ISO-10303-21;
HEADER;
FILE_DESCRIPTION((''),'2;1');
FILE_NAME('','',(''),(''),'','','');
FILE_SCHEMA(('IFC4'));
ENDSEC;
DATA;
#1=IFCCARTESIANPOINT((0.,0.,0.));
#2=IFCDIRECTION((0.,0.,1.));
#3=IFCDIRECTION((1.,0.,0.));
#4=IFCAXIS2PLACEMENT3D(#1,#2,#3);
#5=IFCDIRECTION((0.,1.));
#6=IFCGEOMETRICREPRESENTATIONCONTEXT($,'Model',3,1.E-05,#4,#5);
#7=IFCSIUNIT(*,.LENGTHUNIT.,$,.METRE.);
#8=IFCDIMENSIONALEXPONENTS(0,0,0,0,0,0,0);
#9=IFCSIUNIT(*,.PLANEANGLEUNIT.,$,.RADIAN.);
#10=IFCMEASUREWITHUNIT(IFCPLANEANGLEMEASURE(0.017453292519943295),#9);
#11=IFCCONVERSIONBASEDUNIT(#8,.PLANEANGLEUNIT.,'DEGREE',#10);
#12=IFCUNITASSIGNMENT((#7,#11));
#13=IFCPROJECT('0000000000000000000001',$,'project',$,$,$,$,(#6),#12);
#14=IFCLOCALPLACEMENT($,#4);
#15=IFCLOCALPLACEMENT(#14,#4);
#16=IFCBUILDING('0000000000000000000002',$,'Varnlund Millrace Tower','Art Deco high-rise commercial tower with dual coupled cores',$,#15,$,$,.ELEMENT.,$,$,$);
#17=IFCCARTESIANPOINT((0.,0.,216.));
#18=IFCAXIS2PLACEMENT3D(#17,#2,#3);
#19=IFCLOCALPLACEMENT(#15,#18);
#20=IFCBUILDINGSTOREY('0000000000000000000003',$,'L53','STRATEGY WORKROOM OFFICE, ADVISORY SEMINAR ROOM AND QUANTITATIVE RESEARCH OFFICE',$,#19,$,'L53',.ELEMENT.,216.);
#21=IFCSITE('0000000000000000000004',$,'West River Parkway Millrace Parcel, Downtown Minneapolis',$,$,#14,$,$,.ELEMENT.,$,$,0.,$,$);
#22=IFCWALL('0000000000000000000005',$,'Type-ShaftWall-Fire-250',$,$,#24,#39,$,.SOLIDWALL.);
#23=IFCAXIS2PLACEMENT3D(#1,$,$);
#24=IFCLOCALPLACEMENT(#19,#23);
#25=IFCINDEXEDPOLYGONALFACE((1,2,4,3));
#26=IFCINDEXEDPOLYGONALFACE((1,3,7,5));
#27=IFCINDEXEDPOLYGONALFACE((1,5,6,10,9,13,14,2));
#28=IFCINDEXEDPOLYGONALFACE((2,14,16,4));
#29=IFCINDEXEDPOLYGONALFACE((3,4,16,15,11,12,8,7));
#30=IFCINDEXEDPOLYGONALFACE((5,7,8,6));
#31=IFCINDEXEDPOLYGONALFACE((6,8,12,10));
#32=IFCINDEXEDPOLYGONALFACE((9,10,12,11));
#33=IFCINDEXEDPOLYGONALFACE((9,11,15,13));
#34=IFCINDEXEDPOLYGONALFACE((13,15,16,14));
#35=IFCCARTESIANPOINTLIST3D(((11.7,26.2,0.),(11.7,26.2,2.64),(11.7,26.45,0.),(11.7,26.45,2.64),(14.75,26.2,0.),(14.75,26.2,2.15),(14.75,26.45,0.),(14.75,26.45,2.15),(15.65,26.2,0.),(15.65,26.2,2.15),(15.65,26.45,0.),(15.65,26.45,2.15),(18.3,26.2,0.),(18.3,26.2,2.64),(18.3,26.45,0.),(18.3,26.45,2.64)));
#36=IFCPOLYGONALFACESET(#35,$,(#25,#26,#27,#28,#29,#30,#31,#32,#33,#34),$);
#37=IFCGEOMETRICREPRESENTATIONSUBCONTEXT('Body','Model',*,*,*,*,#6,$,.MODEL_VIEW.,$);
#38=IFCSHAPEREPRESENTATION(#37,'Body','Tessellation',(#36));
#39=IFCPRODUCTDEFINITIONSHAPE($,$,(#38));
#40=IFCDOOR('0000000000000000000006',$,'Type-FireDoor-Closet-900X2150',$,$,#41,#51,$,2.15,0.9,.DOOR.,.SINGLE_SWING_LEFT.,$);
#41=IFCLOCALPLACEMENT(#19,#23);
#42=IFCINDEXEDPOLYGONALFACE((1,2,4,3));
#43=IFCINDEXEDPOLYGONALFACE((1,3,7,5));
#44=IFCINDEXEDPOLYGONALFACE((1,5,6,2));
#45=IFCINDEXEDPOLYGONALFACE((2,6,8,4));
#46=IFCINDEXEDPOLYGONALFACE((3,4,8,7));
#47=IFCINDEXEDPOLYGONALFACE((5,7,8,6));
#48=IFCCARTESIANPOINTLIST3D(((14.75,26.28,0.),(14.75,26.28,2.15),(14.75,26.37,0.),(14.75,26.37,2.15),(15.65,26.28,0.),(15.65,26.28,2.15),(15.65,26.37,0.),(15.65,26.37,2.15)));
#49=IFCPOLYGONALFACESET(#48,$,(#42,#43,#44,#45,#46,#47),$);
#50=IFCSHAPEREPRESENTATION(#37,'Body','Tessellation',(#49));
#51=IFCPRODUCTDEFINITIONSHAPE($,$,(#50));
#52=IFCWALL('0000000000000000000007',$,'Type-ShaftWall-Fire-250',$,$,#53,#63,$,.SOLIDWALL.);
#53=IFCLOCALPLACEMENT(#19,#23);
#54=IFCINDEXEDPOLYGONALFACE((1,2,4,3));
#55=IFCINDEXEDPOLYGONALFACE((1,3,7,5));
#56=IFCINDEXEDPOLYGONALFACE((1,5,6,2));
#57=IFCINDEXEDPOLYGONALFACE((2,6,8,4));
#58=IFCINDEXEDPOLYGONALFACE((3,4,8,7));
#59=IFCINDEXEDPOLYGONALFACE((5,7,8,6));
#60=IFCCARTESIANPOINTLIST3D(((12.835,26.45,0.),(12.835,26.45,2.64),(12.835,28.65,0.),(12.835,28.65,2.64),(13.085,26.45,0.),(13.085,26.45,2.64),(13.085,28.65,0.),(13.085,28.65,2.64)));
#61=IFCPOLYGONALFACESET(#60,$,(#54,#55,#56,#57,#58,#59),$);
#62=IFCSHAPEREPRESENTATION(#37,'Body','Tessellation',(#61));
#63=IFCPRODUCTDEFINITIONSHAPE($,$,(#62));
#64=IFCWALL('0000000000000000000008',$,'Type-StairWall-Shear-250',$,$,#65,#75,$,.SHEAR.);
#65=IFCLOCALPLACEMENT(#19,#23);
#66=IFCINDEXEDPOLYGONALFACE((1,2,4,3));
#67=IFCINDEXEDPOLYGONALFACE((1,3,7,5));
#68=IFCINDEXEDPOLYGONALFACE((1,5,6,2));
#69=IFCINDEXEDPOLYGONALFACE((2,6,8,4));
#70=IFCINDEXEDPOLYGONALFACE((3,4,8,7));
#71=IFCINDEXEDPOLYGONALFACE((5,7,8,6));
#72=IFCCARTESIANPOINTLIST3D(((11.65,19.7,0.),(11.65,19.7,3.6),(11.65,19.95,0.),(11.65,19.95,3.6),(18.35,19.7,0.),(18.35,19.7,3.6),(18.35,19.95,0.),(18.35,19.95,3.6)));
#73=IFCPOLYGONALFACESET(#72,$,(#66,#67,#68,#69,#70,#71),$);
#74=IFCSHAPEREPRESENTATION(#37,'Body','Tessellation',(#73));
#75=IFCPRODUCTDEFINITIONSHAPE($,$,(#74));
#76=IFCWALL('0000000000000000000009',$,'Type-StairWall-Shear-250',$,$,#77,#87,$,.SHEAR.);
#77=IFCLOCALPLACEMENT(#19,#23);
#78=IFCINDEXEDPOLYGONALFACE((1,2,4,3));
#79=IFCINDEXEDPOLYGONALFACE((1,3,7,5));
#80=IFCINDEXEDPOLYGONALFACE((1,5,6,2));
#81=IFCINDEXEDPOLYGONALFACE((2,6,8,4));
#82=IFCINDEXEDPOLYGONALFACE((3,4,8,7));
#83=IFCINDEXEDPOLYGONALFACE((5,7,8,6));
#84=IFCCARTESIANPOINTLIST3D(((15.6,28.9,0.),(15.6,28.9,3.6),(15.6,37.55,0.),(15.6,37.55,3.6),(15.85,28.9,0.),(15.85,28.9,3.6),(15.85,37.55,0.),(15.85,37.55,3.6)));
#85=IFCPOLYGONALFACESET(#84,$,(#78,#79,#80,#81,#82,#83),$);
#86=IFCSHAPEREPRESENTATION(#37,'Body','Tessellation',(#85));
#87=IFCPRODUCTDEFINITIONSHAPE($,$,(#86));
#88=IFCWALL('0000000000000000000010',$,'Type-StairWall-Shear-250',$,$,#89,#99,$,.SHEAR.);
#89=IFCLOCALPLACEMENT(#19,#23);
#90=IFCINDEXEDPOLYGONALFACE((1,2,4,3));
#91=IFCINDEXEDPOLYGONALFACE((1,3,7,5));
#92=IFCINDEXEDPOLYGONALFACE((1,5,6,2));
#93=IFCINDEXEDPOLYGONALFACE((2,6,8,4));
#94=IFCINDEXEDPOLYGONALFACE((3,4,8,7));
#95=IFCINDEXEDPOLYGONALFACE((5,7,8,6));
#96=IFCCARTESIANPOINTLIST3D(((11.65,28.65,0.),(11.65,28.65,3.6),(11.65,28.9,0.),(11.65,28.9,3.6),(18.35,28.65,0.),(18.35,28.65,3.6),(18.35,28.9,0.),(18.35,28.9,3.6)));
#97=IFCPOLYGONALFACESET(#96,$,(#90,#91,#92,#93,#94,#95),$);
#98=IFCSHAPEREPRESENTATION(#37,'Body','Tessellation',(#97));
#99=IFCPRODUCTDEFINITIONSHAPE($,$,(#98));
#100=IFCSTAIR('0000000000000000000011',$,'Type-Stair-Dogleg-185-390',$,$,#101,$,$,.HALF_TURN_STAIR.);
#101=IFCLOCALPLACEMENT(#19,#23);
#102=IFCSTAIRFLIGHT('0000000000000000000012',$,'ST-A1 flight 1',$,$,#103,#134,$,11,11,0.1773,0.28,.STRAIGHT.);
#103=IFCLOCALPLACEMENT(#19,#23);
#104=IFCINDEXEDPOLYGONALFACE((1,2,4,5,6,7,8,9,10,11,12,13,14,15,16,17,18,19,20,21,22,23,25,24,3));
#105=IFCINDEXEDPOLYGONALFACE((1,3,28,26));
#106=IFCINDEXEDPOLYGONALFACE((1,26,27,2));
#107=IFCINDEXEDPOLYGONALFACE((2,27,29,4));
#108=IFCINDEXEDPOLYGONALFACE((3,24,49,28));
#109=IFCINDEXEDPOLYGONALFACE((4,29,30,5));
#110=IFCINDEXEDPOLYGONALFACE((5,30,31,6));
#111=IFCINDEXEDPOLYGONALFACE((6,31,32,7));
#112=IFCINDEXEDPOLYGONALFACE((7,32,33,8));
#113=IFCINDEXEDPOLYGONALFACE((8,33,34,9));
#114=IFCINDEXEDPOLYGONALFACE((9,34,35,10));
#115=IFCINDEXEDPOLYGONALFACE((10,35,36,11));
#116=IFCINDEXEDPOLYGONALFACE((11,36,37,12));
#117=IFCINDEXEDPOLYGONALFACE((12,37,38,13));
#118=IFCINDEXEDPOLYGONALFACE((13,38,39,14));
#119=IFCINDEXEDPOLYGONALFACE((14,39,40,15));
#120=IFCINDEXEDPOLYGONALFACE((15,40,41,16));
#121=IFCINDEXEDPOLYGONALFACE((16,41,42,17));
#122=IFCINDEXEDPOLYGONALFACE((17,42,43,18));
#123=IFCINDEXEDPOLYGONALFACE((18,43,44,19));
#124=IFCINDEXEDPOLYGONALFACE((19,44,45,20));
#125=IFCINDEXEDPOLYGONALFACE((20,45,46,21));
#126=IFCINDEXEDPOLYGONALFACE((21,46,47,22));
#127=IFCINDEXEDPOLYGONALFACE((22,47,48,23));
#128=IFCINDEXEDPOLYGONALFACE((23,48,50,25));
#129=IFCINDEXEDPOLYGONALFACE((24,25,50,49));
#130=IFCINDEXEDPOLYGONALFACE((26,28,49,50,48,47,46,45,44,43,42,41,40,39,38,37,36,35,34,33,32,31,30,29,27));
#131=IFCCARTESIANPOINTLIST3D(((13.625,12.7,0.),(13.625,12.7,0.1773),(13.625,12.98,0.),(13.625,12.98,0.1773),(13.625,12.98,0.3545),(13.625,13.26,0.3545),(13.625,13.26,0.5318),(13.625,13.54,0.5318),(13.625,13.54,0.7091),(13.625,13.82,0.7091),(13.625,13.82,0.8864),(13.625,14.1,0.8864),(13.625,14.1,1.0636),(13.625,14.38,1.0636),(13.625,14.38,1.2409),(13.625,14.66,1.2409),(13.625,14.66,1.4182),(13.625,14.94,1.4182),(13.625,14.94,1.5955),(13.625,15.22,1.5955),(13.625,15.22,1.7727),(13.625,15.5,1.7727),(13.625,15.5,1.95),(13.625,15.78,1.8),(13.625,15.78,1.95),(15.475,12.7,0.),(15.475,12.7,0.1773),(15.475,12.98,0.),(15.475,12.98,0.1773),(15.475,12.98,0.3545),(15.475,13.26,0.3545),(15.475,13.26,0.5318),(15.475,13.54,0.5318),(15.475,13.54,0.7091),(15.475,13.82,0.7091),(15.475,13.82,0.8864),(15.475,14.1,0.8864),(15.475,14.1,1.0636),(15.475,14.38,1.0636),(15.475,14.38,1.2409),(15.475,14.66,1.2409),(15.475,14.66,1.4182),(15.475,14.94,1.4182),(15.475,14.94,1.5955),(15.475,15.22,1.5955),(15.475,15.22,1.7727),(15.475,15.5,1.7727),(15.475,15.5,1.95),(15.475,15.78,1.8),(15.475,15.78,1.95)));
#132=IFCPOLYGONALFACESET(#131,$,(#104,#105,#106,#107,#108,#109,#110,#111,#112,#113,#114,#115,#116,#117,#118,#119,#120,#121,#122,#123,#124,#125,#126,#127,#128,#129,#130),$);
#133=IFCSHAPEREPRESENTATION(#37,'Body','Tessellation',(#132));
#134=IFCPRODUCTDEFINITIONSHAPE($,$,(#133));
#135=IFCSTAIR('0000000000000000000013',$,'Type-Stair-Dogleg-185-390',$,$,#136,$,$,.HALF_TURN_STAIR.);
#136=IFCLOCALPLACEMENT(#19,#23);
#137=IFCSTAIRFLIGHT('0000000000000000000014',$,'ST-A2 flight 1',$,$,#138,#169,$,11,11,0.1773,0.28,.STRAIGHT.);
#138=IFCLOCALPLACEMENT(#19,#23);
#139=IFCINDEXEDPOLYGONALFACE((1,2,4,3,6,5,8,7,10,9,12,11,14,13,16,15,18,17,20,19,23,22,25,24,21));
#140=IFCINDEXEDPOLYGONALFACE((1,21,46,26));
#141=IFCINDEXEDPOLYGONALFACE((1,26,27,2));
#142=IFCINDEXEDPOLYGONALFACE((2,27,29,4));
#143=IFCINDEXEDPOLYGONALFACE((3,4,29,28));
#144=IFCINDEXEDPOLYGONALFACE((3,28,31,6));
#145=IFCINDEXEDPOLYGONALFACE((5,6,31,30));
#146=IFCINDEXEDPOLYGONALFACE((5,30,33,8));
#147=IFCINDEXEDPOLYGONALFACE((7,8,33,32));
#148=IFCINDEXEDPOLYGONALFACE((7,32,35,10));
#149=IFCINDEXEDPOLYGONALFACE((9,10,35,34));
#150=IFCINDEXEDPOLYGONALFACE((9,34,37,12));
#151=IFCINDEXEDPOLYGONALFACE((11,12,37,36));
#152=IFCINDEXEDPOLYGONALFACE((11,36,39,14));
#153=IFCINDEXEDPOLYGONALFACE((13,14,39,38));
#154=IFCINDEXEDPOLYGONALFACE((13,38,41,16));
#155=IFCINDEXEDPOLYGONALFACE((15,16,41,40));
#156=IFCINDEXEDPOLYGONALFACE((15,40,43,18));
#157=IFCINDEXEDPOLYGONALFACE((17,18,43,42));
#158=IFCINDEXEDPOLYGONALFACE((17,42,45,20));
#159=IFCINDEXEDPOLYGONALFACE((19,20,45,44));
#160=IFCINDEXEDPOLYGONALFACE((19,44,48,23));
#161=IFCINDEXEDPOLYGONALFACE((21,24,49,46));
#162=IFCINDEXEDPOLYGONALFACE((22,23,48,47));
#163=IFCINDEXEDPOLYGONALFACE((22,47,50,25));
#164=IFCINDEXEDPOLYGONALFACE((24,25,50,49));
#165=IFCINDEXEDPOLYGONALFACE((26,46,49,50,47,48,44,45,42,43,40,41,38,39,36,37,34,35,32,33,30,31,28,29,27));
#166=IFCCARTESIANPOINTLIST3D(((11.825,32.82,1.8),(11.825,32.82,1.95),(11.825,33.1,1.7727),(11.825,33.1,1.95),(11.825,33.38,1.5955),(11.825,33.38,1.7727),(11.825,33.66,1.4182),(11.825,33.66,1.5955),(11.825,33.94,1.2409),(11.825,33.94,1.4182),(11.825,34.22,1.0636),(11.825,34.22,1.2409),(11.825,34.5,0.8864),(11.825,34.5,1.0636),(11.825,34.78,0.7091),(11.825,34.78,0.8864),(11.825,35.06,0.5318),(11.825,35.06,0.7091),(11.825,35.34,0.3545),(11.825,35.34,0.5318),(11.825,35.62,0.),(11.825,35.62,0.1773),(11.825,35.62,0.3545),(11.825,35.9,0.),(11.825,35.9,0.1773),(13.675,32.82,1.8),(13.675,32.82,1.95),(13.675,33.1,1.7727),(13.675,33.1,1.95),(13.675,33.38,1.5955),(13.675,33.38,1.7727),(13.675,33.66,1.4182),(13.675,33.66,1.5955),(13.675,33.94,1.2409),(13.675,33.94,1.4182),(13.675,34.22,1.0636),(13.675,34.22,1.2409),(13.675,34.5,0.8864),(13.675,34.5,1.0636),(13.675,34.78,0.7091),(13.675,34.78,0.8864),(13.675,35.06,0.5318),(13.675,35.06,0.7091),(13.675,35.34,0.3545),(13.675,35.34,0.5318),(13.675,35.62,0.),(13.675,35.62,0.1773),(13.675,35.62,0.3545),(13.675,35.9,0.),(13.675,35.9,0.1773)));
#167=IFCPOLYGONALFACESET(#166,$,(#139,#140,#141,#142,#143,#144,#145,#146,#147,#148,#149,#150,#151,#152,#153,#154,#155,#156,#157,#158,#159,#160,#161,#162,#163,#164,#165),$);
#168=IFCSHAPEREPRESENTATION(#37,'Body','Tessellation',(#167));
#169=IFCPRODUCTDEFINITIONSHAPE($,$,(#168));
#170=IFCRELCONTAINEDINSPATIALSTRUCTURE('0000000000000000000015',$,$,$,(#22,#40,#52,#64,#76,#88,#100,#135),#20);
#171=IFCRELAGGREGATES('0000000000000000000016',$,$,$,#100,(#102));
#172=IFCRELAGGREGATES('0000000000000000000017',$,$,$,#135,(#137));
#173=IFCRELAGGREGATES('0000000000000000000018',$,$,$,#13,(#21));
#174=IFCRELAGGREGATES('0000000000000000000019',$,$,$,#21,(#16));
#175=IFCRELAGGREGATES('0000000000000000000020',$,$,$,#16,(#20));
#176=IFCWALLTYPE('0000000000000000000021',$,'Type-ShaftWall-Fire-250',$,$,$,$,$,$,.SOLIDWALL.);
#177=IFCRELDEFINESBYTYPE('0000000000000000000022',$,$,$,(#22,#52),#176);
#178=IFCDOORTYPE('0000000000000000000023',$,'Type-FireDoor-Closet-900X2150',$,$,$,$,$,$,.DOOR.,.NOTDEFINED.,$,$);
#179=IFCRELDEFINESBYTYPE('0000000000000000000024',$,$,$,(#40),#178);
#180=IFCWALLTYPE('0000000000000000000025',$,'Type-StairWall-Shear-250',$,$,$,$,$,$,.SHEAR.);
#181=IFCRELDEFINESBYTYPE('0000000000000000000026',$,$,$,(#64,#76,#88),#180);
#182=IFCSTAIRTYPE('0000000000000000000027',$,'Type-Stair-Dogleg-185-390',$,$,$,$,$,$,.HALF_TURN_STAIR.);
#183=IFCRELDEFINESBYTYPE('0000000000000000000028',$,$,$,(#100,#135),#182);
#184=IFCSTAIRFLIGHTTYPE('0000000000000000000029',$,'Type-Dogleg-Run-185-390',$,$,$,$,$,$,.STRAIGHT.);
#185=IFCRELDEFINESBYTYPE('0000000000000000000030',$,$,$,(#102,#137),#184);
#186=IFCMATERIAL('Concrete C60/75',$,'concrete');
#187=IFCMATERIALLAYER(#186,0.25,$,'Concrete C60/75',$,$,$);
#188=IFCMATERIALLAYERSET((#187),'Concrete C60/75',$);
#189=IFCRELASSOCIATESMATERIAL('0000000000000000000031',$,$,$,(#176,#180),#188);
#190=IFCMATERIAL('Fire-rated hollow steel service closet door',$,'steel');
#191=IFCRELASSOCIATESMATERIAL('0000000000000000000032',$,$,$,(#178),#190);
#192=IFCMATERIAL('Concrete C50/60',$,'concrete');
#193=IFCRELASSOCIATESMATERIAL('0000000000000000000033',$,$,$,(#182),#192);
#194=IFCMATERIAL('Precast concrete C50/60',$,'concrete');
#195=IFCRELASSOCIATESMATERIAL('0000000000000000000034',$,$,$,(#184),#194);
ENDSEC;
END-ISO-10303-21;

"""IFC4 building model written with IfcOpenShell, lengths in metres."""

from ifc_helpers import new_model, entity, si_unit, converted_unit, direction, frame, origin_with_axes, origin_2d_with_axis, place, context, subcontext, project, spatial, polyline, rectangle, outline, extrude, material, layer, layer_set, type_object, element, fill, aggregate, save


model = new_model("IFC4")

# Units and contexts
model_context = context("Model", 3, precision=1e-05, world=origin_with_axes(), true_north=direction((0.0, 1.0)))
body_context = subcontext(model_context, "Body", "Model", "MODEL_VIEW")
ifc_project = project(units=[si_unit("LENGTHUNIT", "METRE"), converted_unit("PLANEANGLEUNIT", "DEGREE", entity("IfcPlaneAngleMeasure", 0.017453292519943295), si_unit("PLANEANGLEUNIT", "RADIAN"), dimensions=[0, 0, 0, 0, 0, 0, 0])], contexts=[model_context])

# Site, building, storey
site_placement = place(None, origin_with_axes())
site = spatial("IfcSite", under=ifc_project, at=site_placement, Name="West River Parkway Millrace Parcel, Downtown Minneapolis", CompositionType="ELEMENT", RefElevation=0.0)
building_placement = place(site_placement, origin_with_axes())
building = spatial("IfcBuilding", under=site, at=building_placement, Name="Varnlund Millrace Tower", Description="Art Deco high-rise commercial tower with dual coupled cores", CompositionType="ELEMENT")
storey_placement = place(building_placement, frame((0.0, 0.0, 216.0), z_axis=(0.0, 0.0, 1.0), x_axis=(1.0, 0.0, 0.0)))
storey = spatial("IfcBuildingStorey", under=building, at=storey_placement, Name="L53", Description="STRATEGY WORKROOM OFFICE, ADVISORY SEMINAR ROOM AND QUANTITATIVE RESEARCH OFFICE", LongName="L53", CompositionType="ELEMENT", Elevation=216.0)

# Shared definitions
ifc_material_1 = material(Name="Concrete C60/75", Category="concrete")
ifc_layer = layer(ifc_material_1, 0.25, Name="Concrete C60/75")
ifc_layer_set = layer_set([ifc_layer], Name="Concrete C60/75")
wall_type_1 = type_object("IfcWallType", Name="Type-ShaftWall-Fire-250", PredefinedType="SOLIDWALL", material=ifc_layer_set)

# Wall, opening, door
ifc_material_2 = material(Name="Fire-rated hollow steel service closet door", Category="steel")
door_type_1 = type_object("IfcDoorType", Name="Type-FireDoor-Closet-900X2150", OperationType="NOTDEFINED", PredefinedType="DOOR", material=ifc_material_2)
wall_1_placement = place(storey_placement, frame((11.7, 26.325, 0.0), z_axis=(0.0, 0.0, 1.0), x_axis=(1.0, 0.0, 0.0)))
wall_1 = element("IfcWall", 1, at=wall_1_placement, inside=storey, type_object=wall_type_1, Name="Type-ShaftWall-Fire-250", PredefinedType="SOLIDWALL", context=body_context, shape_type="SweptSolid", body=[
    extrude(outline(polyline([(0.0, -0.125), (6.6, -0.125), (6.6, 0.125), (0.0, 0.125), (0.0, -0.125)])), origin_with_axes(), (0.0, 0.0, 1.0), 2.64),
])
opening_1_placement = place(wall_1_placement, frame((3.5, 0.0, 0.0), z_axis=(0.0, 0.0, 1.0), x_axis=(1.0, 0.0, 0.0)))
opening_1 = element("IfcOpeningElement", 2, at=opening_1_placement, cuts=wall_1, PredefinedType="OPENING", context=body_context, shape_type="SweptSolid", body=[
    extrude(rectangle(XDim=0.9, YDim=0.27, at=origin_2d_with_axis()), origin_with_axes(), (0.0, 0.0, 1.0), 2.15),
])
door_1_placement = place(wall_1_placement, frame((3.5, 0.0, 0.0), z_axis=(0.0, 0.0, 1.0), x_axis=(1.0, 0.0, 0.0)))
door_1 = element("IfcDoor", 3, at=door_1_placement, inside=storey, type_object=door_type_1, Name="Type-FireDoor-Closet-900X2150", OperationType="SINGLE_SWING_LEFT", OverallHeight=2.15, OverallWidth=0.9, PredefinedType="DOOR", context=body_context, shape_type="SweptSolid", body=[
    extrude(rectangle(XDim=0.9, YDim=0.09, at=origin_2d_with_axis()), origin_with_axes(), (0.0, 0.0, 1.0), 2.15),
])
fill(opening_1, door_1)

# Walls
wall_2_placement = place(storey_placement, frame((12.96, 26.45, 0.0), z_axis=(0.0, 0.0, 1.0), x_axis=(0.0, 1.0, 0.0)))
element("IfcWall", 4, at=wall_2_placement, inside=storey, type_object=wall_type_1, Name="Type-ShaftWall-Fire-250", PredefinedType="SOLIDWALL", context=body_context, shape_type="SweptSolid", body=[
    extrude(outline(polyline([(0.0, -0.125), (2.2, -0.125), (2.2, 0.125), (0.0, 0.125), (0.0, -0.125)])), origin_with_axes(), (0.0, 0.0, 1.0), 2.64),
])
wall_type_2 = type_object("IfcWallType", Name="Type-StairWall-Shear-250", PredefinedType="SHEAR", material=ifc_layer_set)
wall_3_placement = place(storey_placement, frame((11.65, 19.825, 0.0), z_axis=(0.0, 0.0, 1.0), x_axis=(1.0, 0.0, 0.0)))
element("IfcWall", 5, at=wall_3_placement, inside=storey, type_object=wall_type_2, Name="Type-StairWall-Shear-250", PredefinedType="SHEAR", context=body_context, shape_type="SweptSolid", body=[
    extrude(outline(polyline([(0.0, -0.125), (6.7, -0.125), (6.7, 0.125), (0.0, 0.125), (0.0, -0.125)])), origin_with_axes(), (0.0, 0.0, 1.0), 3.6),
])
wall_4_placement = place(storey_placement, frame((15.725, 28.9, 0.0), z_axis=(0.0, 0.0, 1.0), x_axis=(0.0, 1.0, 0.0)))
element("IfcWall", 6, at=wall_4_placement, inside=storey, type_object=wall_type_2, Name="Type-StairWall-Shear-250", PredefinedType="SHEAR", context=body_context, shape_type="SweptSolid", body=[
    extrude(outline(polyline([(0.0, -0.125), (8.65, -0.125), (8.65, 0.125), (0.0, 0.125), (0.0, -0.125)])), origin_with_axes(), (0.0, 0.0, 1.0), 3.6),
])
wall_5_placement = place(storey_placement, frame((11.65, 28.775, 0.0), z_axis=(0.0, 0.0, 1.0), x_axis=(1.0, 0.0, 0.0)))
element("IfcWall", 7, at=wall_5_placement, inside=storey, type_object=wall_type_2, Name="Type-StairWall-Shear-250", PredefinedType="SHEAR", context=body_context, shape_type="SweptSolid", body=[
    extrude(outline(polyline([(0.0, -0.125), (6.7, -0.125), (6.7, 0.125), (0.0, 0.125), (0.0, -0.125)])), origin_with_axes(), (0.0, 0.0, 1.0), 3.6),
])

# Stairs, stair flights
ifc_material_3 = material(Name="Concrete C50/60", Category="concrete")
stair_type = type_object("IfcStairType", Name="Type-Stair-Dogleg-185-390", PredefinedType="HALF_TURN_STAIR", material=ifc_material_3)
stair_1_placement = place(storey_placement, origin_with_axes())
stair_1 = element("IfcStair", 8, at=stair_1_placement, inside=storey, type_object=stair_type, Name="Type-Stair-Dogleg-185-390", PredefinedType="HALF_TURN_STAIR")
ifc_material_4 = material(Name="Precast concrete C50/60", Category="concrete")
stair_flight_type = type_object("IfcStairFlightType", Name="Type-Dogleg-Run-185-390", PredefinedType="STRAIGHT", material=ifc_material_4)
stair_flight_1_placement = place(storey_placement, frame((13.625, 12.7, 0.0), z_axis=(1.0, 0.0, 0.0), x_axis=(0.0, 1.0, 0.0)))
stair_flight_1 = element("IfcStairFlight", 9, at=stair_flight_1_placement, type_object=stair_flight_type, Name="ST-A1 flight 1", NumberOfRisers=11, NumberOfTreads=11, PredefinedType="STRAIGHT", RiserHeight=0.1773, TreadLength=0.28, context=body_context, shape_type="SweptSolid", body=[
    extrude(outline(polyline([(0.0, 0.0), (0.0, 0.1773), (0.28, 0.1773), (0.28, 0.3545), (0.56, 0.3545), (0.56, 0.5318), (0.84, 0.5318), (0.84, 0.7091), (1.12, 0.7091), (1.12, 0.8864), (1.4, 0.8864), (1.4, 1.0636), (1.68, 1.0636), (1.68, 1.2409), (1.96, 1.2409), (1.96, 1.4182), (2.24, 1.4182), (2.24, 1.5955), (2.52, 1.5955), (2.52, 1.7727), (2.8, 1.7727), (2.8, 1.95), (3.08, 1.95), (3.08, 1.8), (0.28, 0.0), (0.0, 0.0)])), origin_with_axes(), (0.0, 0.0, 1.0), 1.85),
])
aggregate(stair_1, [stair_flight_1])
stair_2_placement = place(storey_placement, origin_with_axes())
stair_2 = element("IfcStair", 10, at=stair_2_placement, inside=storey, type_object=stair_type, Name="Type-Stair-Dogleg-185-390", PredefinedType="HALF_TURN_STAIR")
stair_flight_2_placement = place(storey_placement, frame((13.675, 35.9, 0.0), z_axis=(-1.0, 0.0, 0.0), x_axis=(0.0, -1.0, 0.0)))
stair_flight_2 = element("IfcStairFlight", 11, at=stair_flight_2_placement, type_object=stair_flight_type, Name="ST-A2 flight 1", NumberOfRisers=11, NumberOfTreads=11, PredefinedType="STRAIGHT", RiserHeight=0.1773, TreadLength=0.28, context=body_context, shape_type="SweptSolid", body=[
    extrude(outline(polyline([(0.0, 0.0), (0.0, 0.1773), (0.28, 0.1773), (0.28, 0.3545), (0.56, 0.3545), (0.56, 0.5318), (0.84, 0.5318), (0.84, 0.7091), (1.12, 0.7091), (1.12, 0.8864), (1.4, 0.8864), (1.4, 1.0636), (1.68, 1.0636), (1.68, 1.2409), (1.96, 1.2409), (1.96, 1.4182), (2.24, 1.4182), (2.24, 1.5955), (2.52, 1.5955), (2.52, 1.7727), (2.8, 1.7727), (2.8, 1.95), (3.08, 1.95), (3.08, 1.8), (0.28, 0.0), (0.0, 0.0)])), origin_with_axes(), (0.0, 0.0, 1.0), 1.85),
])
aggregate(stair_2, [stair_flight_2])

save(model, "model.ifc")
